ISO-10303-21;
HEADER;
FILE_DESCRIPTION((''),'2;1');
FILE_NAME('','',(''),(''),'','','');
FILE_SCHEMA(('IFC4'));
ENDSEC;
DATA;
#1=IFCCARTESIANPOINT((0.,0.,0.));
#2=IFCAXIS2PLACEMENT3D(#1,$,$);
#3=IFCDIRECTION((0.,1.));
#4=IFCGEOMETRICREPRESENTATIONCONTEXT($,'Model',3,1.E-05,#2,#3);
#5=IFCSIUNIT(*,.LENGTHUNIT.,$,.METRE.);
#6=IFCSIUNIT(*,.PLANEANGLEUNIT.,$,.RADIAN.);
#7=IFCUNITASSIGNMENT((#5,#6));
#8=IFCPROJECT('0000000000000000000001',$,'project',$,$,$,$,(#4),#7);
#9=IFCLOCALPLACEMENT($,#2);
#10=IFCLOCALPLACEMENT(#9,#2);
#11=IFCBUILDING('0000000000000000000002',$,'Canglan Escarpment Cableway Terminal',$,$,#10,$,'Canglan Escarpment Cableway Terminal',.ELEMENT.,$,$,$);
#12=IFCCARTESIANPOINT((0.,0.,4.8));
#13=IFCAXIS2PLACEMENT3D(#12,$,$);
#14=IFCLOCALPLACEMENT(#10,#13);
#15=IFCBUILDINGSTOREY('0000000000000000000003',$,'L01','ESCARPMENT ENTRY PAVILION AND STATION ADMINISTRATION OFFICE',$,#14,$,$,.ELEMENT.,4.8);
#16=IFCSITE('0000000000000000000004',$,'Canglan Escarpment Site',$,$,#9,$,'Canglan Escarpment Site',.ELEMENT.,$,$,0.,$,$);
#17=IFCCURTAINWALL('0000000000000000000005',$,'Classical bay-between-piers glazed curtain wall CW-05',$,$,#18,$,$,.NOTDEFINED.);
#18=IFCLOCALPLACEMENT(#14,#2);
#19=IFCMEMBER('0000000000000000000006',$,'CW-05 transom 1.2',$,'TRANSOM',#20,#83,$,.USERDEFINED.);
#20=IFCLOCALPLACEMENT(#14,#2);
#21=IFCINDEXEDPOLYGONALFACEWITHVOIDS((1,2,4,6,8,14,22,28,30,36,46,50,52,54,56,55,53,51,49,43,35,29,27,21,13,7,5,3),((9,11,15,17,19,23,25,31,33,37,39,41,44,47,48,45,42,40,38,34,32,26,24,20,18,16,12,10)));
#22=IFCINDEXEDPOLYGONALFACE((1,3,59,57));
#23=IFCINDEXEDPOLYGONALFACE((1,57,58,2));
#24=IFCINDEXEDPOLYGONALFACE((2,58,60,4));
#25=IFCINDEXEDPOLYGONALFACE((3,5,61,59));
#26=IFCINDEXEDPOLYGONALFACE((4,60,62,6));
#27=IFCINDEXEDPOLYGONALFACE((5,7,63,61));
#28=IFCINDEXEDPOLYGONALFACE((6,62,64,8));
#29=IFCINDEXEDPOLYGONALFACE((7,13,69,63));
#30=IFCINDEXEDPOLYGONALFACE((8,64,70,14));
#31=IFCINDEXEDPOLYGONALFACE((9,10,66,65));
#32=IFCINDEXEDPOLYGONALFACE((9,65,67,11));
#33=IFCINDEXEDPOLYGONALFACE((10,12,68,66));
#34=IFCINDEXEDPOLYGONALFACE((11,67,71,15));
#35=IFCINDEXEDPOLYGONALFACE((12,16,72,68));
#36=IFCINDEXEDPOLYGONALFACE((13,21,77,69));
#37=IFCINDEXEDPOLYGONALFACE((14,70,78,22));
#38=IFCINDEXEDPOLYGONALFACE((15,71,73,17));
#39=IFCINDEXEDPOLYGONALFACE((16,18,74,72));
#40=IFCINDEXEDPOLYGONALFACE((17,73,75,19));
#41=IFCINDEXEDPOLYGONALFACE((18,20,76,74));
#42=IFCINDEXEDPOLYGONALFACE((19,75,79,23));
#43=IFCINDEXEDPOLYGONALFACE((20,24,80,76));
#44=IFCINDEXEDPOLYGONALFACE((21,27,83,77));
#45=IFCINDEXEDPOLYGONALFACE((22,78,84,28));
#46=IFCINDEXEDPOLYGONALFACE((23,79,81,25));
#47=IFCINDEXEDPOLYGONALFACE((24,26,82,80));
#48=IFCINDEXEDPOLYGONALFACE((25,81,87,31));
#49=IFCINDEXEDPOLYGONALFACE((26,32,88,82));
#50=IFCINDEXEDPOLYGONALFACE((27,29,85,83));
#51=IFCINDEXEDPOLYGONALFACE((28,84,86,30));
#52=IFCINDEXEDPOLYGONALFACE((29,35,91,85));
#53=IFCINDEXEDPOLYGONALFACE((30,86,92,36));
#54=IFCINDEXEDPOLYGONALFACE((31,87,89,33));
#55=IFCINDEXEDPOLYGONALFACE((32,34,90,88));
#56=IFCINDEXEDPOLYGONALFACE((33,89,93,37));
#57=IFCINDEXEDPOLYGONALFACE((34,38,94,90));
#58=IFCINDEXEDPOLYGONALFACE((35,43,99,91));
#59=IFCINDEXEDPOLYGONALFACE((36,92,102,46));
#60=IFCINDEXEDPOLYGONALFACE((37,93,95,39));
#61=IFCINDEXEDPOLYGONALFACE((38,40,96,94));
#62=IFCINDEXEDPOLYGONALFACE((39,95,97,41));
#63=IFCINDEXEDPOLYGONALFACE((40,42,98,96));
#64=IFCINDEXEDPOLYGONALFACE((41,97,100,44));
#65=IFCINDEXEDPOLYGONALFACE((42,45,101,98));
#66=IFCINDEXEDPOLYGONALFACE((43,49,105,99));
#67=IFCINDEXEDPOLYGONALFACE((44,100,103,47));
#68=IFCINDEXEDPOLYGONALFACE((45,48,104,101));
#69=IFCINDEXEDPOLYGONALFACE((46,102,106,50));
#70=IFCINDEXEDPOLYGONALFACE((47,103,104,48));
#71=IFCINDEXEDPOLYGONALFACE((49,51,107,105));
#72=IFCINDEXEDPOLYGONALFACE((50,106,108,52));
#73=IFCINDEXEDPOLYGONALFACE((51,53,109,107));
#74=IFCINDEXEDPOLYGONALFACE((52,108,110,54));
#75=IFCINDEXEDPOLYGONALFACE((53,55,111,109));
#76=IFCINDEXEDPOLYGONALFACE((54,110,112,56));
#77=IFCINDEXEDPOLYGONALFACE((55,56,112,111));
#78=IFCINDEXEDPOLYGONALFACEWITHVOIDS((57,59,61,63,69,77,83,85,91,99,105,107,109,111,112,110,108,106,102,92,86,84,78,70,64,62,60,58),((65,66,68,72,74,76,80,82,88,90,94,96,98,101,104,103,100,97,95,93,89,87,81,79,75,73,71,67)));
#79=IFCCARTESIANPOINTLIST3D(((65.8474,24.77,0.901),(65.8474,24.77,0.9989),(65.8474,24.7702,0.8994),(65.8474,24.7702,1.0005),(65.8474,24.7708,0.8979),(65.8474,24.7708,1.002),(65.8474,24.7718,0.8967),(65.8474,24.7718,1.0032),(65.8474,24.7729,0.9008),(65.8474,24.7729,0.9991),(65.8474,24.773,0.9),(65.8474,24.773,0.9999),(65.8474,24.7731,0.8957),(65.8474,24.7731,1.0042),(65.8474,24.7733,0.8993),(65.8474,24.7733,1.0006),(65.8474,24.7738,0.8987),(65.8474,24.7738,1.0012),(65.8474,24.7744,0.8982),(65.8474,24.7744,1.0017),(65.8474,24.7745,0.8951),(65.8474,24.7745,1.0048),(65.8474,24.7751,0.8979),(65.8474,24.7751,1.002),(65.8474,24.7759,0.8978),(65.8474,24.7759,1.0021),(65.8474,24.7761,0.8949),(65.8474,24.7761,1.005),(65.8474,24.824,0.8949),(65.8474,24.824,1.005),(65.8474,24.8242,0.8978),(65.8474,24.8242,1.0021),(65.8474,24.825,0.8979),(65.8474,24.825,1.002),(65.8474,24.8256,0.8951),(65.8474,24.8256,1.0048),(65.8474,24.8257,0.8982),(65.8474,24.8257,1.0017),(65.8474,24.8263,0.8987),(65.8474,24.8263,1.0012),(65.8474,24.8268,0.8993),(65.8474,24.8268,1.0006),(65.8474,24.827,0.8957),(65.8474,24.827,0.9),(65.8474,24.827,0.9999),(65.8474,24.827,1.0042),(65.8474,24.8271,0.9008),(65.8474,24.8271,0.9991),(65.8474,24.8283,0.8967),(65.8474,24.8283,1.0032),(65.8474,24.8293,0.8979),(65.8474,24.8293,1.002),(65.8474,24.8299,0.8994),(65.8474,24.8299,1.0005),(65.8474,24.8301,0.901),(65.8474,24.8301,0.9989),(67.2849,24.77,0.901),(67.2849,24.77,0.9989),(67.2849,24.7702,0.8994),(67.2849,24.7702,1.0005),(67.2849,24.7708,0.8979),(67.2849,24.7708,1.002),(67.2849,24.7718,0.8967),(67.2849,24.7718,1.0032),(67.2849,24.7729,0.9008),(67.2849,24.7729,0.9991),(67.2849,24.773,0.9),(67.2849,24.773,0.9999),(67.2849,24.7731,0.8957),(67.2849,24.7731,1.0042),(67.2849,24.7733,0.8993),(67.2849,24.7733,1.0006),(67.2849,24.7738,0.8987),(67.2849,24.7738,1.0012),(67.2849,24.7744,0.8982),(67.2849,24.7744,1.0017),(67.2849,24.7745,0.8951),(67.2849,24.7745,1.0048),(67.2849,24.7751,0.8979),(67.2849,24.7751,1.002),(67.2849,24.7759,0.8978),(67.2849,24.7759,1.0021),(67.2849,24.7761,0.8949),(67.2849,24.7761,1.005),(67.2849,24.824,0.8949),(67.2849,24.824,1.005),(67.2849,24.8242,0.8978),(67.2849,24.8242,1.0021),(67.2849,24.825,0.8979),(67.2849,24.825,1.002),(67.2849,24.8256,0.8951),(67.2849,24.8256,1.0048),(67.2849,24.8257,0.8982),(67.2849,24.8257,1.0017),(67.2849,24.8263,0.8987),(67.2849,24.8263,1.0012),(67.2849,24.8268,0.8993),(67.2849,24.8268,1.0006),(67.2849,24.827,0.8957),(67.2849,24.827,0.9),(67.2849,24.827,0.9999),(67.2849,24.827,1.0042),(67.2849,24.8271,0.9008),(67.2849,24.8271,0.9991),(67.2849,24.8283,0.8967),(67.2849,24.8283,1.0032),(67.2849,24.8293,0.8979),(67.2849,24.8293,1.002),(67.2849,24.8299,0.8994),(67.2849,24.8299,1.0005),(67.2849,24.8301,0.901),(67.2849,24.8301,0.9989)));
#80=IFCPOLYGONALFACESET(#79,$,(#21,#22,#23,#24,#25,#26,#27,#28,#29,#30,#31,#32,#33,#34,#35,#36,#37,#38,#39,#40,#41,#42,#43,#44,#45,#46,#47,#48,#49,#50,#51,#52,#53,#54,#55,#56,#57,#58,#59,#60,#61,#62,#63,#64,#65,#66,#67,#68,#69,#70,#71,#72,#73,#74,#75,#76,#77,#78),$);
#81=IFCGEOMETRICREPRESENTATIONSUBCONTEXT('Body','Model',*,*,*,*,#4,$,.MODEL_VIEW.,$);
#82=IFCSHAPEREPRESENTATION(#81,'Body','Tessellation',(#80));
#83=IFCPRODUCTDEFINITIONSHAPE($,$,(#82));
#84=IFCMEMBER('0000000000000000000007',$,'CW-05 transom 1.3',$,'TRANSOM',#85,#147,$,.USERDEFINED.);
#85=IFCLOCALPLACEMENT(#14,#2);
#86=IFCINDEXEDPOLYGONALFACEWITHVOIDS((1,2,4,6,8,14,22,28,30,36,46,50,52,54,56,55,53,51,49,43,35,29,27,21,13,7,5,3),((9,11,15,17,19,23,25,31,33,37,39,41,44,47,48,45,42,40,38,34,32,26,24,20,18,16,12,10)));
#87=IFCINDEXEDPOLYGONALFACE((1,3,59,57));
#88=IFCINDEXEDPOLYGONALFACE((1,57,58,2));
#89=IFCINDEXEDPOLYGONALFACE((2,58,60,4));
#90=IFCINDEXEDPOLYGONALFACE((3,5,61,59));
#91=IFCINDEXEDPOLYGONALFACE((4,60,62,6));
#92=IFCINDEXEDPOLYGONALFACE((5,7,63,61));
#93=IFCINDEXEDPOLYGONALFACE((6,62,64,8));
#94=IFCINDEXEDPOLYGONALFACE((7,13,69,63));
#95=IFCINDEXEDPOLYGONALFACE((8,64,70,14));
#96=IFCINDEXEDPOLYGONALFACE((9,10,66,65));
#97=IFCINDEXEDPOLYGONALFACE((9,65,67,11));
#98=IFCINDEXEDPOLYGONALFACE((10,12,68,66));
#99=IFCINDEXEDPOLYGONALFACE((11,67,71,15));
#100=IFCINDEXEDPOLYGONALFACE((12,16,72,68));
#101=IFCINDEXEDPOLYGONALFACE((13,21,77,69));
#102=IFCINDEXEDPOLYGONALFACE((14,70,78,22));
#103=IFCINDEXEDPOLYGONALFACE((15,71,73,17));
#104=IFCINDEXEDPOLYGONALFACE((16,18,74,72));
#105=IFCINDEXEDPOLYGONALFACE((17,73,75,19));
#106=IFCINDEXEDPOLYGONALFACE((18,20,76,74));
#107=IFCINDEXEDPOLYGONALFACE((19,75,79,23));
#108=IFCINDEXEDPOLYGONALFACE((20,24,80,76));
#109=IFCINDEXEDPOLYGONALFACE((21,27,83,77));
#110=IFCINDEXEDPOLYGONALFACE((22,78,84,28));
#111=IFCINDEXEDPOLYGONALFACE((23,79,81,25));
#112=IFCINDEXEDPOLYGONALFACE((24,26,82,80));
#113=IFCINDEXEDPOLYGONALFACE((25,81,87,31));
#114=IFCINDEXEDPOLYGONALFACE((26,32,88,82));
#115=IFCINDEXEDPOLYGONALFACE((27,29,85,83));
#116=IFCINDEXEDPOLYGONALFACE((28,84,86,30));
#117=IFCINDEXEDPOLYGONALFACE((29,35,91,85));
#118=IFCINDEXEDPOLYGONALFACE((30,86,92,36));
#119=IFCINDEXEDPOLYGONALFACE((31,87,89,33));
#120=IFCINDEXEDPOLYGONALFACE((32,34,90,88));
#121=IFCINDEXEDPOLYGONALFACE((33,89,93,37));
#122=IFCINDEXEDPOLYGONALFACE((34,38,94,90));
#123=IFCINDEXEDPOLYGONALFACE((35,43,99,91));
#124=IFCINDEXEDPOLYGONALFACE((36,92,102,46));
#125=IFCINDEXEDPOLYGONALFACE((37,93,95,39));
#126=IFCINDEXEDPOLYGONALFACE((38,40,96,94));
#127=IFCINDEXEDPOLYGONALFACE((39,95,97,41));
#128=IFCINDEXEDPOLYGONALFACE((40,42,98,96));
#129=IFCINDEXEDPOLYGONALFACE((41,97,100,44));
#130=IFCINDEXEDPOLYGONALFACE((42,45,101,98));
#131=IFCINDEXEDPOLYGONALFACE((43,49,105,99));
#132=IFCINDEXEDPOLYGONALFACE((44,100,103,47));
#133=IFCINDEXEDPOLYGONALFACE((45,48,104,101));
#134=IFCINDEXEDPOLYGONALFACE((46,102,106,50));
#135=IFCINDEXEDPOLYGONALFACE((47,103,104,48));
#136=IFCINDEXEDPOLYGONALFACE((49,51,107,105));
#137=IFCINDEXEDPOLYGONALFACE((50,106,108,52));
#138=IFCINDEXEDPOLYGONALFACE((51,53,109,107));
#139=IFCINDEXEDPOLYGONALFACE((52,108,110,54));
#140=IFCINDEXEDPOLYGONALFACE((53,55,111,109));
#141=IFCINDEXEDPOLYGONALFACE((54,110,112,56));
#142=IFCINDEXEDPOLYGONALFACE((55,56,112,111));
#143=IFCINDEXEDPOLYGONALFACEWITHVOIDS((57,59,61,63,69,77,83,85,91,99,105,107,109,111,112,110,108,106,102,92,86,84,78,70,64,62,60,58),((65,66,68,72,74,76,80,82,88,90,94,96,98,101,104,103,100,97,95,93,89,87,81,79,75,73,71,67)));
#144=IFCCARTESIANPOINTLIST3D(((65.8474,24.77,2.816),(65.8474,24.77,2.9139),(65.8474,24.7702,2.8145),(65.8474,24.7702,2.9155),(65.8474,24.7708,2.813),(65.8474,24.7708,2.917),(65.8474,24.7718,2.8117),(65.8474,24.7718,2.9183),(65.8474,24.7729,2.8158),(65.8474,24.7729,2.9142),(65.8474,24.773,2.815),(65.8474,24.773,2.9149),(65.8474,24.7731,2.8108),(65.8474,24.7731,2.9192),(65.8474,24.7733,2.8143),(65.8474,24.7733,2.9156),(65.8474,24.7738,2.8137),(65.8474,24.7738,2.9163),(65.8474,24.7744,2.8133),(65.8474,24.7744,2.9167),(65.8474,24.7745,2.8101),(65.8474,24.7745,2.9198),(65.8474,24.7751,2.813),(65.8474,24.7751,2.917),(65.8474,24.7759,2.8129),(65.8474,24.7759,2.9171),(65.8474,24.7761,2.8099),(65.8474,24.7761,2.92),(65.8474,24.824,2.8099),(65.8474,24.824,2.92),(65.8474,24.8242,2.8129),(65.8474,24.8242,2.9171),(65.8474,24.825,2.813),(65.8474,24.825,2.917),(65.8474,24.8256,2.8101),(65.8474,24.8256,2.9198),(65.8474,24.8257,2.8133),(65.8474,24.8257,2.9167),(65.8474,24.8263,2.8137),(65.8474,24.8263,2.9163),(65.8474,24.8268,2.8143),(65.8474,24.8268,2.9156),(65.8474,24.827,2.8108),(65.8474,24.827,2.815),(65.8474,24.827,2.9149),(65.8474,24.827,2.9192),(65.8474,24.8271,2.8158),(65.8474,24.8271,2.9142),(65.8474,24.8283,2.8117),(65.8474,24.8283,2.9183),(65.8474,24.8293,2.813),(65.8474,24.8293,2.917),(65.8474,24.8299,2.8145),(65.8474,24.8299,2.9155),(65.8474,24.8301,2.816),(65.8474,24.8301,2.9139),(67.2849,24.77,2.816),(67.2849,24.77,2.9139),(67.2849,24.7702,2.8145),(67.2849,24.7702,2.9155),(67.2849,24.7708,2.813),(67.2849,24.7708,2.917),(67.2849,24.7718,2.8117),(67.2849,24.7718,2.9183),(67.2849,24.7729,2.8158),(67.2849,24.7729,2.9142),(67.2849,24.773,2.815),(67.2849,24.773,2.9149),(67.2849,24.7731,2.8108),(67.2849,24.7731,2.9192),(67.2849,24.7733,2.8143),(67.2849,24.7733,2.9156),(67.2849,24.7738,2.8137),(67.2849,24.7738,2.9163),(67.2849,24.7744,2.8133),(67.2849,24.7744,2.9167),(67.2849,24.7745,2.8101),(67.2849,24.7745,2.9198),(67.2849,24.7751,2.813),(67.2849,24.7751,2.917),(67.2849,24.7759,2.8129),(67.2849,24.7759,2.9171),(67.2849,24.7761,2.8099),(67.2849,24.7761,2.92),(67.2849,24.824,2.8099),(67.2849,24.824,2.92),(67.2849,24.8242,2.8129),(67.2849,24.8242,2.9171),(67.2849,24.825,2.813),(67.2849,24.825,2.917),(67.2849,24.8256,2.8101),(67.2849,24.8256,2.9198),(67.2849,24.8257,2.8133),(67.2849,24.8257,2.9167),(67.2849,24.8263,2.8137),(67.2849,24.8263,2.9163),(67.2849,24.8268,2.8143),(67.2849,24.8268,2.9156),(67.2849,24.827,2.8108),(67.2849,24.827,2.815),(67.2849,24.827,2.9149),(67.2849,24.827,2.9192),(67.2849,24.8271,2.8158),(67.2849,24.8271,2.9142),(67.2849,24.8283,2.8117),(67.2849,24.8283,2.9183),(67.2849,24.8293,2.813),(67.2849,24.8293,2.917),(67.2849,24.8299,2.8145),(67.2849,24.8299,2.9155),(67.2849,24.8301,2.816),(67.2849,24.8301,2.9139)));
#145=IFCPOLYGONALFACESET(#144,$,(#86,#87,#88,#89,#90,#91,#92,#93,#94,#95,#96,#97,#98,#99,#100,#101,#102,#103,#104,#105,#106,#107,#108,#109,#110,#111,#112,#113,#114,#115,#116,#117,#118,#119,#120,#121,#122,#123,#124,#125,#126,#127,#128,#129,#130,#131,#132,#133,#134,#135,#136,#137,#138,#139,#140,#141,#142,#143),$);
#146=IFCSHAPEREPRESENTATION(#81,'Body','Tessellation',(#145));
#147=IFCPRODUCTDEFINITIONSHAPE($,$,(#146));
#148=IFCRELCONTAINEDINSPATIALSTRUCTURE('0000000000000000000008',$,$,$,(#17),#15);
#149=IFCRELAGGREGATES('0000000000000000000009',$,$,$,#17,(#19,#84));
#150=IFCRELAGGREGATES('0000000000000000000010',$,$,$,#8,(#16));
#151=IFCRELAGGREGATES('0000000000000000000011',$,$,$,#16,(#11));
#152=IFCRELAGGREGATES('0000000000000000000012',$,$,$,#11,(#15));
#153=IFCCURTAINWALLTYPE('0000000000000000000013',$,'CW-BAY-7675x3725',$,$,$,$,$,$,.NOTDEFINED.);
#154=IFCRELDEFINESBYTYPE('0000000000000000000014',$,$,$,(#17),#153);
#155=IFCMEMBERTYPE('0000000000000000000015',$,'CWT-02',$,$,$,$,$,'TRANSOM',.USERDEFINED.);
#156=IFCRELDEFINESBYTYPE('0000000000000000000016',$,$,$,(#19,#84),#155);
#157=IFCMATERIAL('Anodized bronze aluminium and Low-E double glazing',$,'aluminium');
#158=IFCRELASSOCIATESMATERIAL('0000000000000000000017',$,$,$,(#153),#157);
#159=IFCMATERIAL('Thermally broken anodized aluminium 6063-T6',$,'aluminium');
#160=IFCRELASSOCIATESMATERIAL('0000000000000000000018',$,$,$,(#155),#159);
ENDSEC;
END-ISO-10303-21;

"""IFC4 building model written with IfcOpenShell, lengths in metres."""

from ifc_helpers import new_model, si_unit, direction, frame, origin, origin_2d, place, context, subcontext, project, spatial, hollow_rectangle, extrude, material, material_profile, profile_set, type_object, element, aggregate, save


model = new_model("IFC4")

# Units and contexts
model_context = context("Model", 3, precision=1e-05, world=origin(), true_north=direction((0.0, 1.0)))
body_context = subcontext(model_context, "Body", "Model", "MODEL_VIEW")
ifc_project = project(units=[si_unit("LENGTHUNIT", "METRE"), si_unit("PLANEANGLEUNIT", "RADIAN")], contexts=[model_context])

# Site, building, storey
site_placement = place(None, origin())
site = spatial("IfcSite", under=ifc_project, at=site_placement, Name="Canglan Escarpment Site", LongName="Canglan Escarpment Site", CompositionType="ELEMENT", RefElevation=0.0)
building_placement = place(site_placement, origin())
building = spatial("IfcBuilding", under=site, at=building_placement, Name="Canglan Escarpment Cableway Terminal", LongName="Canglan Escarpment Cableway Terminal", CompositionType="ELEMENT")
storey_placement = place(building_placement, frame((0.0, 0.0, 4.8)))
storey = spatial("IfcBuildingStorey", under=building, at=storey_placement, Name="L01", Description="ESCARPMENT ENTRY PAVILION AND STATION ADMINISTRATION OFFICE", CompositionType="ELEMENT", Elevation=4.8)

# Curtain wall, members
ifc_material_1 = material(Name="Anodized bronze aluminium and Low-E double glazing", Category="aluminium")
curtain_wall_type = type_object("IfcCurtainWallType", Name="CW-BAY-7675x3725", PredefinedType="NOTDEFINED", material=ifc_material_1)
curtain_wall_placement = place(storey_placement, origin())
curtain_wall = element("IfcCurtainWall", 1, at=curtain_wall_placement, inside=storey, type_object=curtain_wall_type, Name="Classical bay-between-piers glazed curtain wall CW-05", PredefinedType="NOTDEFINED")
ifc_material_2 = material(Name="Thermally broken anodized aluminium 6063-T6", Category="aluminium")
ifc_material_profile_1 = material_profile(ifc_material_2, hollow_rectangle(XDim=0.0601, YDim=0.1101, WallThickness=0.0029, InnerFilletRadius=0.0029, OuterFilletRadius=0.0061, at=origin_2d()), Name="ALU-TRAN 60x110x3")
ifc_profile_set_1 = profile_set([ifc_material_profile_1], Name="Thermally broken anodized aluminium 6063-T6")
member_type_1 = type_object("IfcMemberType", Name="CWT-02", ElementType="TRANSOM", PredefinedType="USERDEFINED", material=ifc_profile_set_1)
member_1_placement = place(storey_placement, frame((67.2849, 24.8, 0.95), z_axis=(-1.0, 0.0, 0.0), x_axis=(0.0, -1.0, 0.0)))
member_1 = element("IfcMember", 2, at=member_1_placement, type_object=member_type_1, Name="CW-05 transom 1.2", ObjectType="TRANSOM", PredefinedType="USERDEFINED", context=body_context, shape_type="SweptSolid", body=[
    extrude(hollow_rectangle(XDim=0.0601, YDim=0.1101, WallThickness=0.0029, InnerFilletRadius=0.0029, OuterFilletRadius=0.0061, at=origin_2d()), origin(), (0.0, 0.0, 1.0), 1.4375),
])
member_2_placement = place(storey_placement, frame((67.2849, 24.8, 2.865), z_axis=(-1.0, 0.0, 0.0), x_axis=(0.0, -1.0, 0.0)))
member_2 = element("IfcMember", 3, at=member_2_placement, type_object=member_type_1, Name="CW-05 transom 1.3", ObjectType="TRANSOM", PredefinedType="USERDEFINED", context=body_context, shape_type="SweptSolid", body=[
    extrude(hollow_rectangle(XDim=0.0601, YDim=0.1101, WallThickness=0.0029, InnerFilletRadius=0.0029, OuterFilletRadius=0.0061, at=origin_2d()), origin(), (0.0, 0.0, 1.0), 1.4375),
])
aggregate(curtain_wall, [member_1, member_2])

save(model, "model.ifc")
